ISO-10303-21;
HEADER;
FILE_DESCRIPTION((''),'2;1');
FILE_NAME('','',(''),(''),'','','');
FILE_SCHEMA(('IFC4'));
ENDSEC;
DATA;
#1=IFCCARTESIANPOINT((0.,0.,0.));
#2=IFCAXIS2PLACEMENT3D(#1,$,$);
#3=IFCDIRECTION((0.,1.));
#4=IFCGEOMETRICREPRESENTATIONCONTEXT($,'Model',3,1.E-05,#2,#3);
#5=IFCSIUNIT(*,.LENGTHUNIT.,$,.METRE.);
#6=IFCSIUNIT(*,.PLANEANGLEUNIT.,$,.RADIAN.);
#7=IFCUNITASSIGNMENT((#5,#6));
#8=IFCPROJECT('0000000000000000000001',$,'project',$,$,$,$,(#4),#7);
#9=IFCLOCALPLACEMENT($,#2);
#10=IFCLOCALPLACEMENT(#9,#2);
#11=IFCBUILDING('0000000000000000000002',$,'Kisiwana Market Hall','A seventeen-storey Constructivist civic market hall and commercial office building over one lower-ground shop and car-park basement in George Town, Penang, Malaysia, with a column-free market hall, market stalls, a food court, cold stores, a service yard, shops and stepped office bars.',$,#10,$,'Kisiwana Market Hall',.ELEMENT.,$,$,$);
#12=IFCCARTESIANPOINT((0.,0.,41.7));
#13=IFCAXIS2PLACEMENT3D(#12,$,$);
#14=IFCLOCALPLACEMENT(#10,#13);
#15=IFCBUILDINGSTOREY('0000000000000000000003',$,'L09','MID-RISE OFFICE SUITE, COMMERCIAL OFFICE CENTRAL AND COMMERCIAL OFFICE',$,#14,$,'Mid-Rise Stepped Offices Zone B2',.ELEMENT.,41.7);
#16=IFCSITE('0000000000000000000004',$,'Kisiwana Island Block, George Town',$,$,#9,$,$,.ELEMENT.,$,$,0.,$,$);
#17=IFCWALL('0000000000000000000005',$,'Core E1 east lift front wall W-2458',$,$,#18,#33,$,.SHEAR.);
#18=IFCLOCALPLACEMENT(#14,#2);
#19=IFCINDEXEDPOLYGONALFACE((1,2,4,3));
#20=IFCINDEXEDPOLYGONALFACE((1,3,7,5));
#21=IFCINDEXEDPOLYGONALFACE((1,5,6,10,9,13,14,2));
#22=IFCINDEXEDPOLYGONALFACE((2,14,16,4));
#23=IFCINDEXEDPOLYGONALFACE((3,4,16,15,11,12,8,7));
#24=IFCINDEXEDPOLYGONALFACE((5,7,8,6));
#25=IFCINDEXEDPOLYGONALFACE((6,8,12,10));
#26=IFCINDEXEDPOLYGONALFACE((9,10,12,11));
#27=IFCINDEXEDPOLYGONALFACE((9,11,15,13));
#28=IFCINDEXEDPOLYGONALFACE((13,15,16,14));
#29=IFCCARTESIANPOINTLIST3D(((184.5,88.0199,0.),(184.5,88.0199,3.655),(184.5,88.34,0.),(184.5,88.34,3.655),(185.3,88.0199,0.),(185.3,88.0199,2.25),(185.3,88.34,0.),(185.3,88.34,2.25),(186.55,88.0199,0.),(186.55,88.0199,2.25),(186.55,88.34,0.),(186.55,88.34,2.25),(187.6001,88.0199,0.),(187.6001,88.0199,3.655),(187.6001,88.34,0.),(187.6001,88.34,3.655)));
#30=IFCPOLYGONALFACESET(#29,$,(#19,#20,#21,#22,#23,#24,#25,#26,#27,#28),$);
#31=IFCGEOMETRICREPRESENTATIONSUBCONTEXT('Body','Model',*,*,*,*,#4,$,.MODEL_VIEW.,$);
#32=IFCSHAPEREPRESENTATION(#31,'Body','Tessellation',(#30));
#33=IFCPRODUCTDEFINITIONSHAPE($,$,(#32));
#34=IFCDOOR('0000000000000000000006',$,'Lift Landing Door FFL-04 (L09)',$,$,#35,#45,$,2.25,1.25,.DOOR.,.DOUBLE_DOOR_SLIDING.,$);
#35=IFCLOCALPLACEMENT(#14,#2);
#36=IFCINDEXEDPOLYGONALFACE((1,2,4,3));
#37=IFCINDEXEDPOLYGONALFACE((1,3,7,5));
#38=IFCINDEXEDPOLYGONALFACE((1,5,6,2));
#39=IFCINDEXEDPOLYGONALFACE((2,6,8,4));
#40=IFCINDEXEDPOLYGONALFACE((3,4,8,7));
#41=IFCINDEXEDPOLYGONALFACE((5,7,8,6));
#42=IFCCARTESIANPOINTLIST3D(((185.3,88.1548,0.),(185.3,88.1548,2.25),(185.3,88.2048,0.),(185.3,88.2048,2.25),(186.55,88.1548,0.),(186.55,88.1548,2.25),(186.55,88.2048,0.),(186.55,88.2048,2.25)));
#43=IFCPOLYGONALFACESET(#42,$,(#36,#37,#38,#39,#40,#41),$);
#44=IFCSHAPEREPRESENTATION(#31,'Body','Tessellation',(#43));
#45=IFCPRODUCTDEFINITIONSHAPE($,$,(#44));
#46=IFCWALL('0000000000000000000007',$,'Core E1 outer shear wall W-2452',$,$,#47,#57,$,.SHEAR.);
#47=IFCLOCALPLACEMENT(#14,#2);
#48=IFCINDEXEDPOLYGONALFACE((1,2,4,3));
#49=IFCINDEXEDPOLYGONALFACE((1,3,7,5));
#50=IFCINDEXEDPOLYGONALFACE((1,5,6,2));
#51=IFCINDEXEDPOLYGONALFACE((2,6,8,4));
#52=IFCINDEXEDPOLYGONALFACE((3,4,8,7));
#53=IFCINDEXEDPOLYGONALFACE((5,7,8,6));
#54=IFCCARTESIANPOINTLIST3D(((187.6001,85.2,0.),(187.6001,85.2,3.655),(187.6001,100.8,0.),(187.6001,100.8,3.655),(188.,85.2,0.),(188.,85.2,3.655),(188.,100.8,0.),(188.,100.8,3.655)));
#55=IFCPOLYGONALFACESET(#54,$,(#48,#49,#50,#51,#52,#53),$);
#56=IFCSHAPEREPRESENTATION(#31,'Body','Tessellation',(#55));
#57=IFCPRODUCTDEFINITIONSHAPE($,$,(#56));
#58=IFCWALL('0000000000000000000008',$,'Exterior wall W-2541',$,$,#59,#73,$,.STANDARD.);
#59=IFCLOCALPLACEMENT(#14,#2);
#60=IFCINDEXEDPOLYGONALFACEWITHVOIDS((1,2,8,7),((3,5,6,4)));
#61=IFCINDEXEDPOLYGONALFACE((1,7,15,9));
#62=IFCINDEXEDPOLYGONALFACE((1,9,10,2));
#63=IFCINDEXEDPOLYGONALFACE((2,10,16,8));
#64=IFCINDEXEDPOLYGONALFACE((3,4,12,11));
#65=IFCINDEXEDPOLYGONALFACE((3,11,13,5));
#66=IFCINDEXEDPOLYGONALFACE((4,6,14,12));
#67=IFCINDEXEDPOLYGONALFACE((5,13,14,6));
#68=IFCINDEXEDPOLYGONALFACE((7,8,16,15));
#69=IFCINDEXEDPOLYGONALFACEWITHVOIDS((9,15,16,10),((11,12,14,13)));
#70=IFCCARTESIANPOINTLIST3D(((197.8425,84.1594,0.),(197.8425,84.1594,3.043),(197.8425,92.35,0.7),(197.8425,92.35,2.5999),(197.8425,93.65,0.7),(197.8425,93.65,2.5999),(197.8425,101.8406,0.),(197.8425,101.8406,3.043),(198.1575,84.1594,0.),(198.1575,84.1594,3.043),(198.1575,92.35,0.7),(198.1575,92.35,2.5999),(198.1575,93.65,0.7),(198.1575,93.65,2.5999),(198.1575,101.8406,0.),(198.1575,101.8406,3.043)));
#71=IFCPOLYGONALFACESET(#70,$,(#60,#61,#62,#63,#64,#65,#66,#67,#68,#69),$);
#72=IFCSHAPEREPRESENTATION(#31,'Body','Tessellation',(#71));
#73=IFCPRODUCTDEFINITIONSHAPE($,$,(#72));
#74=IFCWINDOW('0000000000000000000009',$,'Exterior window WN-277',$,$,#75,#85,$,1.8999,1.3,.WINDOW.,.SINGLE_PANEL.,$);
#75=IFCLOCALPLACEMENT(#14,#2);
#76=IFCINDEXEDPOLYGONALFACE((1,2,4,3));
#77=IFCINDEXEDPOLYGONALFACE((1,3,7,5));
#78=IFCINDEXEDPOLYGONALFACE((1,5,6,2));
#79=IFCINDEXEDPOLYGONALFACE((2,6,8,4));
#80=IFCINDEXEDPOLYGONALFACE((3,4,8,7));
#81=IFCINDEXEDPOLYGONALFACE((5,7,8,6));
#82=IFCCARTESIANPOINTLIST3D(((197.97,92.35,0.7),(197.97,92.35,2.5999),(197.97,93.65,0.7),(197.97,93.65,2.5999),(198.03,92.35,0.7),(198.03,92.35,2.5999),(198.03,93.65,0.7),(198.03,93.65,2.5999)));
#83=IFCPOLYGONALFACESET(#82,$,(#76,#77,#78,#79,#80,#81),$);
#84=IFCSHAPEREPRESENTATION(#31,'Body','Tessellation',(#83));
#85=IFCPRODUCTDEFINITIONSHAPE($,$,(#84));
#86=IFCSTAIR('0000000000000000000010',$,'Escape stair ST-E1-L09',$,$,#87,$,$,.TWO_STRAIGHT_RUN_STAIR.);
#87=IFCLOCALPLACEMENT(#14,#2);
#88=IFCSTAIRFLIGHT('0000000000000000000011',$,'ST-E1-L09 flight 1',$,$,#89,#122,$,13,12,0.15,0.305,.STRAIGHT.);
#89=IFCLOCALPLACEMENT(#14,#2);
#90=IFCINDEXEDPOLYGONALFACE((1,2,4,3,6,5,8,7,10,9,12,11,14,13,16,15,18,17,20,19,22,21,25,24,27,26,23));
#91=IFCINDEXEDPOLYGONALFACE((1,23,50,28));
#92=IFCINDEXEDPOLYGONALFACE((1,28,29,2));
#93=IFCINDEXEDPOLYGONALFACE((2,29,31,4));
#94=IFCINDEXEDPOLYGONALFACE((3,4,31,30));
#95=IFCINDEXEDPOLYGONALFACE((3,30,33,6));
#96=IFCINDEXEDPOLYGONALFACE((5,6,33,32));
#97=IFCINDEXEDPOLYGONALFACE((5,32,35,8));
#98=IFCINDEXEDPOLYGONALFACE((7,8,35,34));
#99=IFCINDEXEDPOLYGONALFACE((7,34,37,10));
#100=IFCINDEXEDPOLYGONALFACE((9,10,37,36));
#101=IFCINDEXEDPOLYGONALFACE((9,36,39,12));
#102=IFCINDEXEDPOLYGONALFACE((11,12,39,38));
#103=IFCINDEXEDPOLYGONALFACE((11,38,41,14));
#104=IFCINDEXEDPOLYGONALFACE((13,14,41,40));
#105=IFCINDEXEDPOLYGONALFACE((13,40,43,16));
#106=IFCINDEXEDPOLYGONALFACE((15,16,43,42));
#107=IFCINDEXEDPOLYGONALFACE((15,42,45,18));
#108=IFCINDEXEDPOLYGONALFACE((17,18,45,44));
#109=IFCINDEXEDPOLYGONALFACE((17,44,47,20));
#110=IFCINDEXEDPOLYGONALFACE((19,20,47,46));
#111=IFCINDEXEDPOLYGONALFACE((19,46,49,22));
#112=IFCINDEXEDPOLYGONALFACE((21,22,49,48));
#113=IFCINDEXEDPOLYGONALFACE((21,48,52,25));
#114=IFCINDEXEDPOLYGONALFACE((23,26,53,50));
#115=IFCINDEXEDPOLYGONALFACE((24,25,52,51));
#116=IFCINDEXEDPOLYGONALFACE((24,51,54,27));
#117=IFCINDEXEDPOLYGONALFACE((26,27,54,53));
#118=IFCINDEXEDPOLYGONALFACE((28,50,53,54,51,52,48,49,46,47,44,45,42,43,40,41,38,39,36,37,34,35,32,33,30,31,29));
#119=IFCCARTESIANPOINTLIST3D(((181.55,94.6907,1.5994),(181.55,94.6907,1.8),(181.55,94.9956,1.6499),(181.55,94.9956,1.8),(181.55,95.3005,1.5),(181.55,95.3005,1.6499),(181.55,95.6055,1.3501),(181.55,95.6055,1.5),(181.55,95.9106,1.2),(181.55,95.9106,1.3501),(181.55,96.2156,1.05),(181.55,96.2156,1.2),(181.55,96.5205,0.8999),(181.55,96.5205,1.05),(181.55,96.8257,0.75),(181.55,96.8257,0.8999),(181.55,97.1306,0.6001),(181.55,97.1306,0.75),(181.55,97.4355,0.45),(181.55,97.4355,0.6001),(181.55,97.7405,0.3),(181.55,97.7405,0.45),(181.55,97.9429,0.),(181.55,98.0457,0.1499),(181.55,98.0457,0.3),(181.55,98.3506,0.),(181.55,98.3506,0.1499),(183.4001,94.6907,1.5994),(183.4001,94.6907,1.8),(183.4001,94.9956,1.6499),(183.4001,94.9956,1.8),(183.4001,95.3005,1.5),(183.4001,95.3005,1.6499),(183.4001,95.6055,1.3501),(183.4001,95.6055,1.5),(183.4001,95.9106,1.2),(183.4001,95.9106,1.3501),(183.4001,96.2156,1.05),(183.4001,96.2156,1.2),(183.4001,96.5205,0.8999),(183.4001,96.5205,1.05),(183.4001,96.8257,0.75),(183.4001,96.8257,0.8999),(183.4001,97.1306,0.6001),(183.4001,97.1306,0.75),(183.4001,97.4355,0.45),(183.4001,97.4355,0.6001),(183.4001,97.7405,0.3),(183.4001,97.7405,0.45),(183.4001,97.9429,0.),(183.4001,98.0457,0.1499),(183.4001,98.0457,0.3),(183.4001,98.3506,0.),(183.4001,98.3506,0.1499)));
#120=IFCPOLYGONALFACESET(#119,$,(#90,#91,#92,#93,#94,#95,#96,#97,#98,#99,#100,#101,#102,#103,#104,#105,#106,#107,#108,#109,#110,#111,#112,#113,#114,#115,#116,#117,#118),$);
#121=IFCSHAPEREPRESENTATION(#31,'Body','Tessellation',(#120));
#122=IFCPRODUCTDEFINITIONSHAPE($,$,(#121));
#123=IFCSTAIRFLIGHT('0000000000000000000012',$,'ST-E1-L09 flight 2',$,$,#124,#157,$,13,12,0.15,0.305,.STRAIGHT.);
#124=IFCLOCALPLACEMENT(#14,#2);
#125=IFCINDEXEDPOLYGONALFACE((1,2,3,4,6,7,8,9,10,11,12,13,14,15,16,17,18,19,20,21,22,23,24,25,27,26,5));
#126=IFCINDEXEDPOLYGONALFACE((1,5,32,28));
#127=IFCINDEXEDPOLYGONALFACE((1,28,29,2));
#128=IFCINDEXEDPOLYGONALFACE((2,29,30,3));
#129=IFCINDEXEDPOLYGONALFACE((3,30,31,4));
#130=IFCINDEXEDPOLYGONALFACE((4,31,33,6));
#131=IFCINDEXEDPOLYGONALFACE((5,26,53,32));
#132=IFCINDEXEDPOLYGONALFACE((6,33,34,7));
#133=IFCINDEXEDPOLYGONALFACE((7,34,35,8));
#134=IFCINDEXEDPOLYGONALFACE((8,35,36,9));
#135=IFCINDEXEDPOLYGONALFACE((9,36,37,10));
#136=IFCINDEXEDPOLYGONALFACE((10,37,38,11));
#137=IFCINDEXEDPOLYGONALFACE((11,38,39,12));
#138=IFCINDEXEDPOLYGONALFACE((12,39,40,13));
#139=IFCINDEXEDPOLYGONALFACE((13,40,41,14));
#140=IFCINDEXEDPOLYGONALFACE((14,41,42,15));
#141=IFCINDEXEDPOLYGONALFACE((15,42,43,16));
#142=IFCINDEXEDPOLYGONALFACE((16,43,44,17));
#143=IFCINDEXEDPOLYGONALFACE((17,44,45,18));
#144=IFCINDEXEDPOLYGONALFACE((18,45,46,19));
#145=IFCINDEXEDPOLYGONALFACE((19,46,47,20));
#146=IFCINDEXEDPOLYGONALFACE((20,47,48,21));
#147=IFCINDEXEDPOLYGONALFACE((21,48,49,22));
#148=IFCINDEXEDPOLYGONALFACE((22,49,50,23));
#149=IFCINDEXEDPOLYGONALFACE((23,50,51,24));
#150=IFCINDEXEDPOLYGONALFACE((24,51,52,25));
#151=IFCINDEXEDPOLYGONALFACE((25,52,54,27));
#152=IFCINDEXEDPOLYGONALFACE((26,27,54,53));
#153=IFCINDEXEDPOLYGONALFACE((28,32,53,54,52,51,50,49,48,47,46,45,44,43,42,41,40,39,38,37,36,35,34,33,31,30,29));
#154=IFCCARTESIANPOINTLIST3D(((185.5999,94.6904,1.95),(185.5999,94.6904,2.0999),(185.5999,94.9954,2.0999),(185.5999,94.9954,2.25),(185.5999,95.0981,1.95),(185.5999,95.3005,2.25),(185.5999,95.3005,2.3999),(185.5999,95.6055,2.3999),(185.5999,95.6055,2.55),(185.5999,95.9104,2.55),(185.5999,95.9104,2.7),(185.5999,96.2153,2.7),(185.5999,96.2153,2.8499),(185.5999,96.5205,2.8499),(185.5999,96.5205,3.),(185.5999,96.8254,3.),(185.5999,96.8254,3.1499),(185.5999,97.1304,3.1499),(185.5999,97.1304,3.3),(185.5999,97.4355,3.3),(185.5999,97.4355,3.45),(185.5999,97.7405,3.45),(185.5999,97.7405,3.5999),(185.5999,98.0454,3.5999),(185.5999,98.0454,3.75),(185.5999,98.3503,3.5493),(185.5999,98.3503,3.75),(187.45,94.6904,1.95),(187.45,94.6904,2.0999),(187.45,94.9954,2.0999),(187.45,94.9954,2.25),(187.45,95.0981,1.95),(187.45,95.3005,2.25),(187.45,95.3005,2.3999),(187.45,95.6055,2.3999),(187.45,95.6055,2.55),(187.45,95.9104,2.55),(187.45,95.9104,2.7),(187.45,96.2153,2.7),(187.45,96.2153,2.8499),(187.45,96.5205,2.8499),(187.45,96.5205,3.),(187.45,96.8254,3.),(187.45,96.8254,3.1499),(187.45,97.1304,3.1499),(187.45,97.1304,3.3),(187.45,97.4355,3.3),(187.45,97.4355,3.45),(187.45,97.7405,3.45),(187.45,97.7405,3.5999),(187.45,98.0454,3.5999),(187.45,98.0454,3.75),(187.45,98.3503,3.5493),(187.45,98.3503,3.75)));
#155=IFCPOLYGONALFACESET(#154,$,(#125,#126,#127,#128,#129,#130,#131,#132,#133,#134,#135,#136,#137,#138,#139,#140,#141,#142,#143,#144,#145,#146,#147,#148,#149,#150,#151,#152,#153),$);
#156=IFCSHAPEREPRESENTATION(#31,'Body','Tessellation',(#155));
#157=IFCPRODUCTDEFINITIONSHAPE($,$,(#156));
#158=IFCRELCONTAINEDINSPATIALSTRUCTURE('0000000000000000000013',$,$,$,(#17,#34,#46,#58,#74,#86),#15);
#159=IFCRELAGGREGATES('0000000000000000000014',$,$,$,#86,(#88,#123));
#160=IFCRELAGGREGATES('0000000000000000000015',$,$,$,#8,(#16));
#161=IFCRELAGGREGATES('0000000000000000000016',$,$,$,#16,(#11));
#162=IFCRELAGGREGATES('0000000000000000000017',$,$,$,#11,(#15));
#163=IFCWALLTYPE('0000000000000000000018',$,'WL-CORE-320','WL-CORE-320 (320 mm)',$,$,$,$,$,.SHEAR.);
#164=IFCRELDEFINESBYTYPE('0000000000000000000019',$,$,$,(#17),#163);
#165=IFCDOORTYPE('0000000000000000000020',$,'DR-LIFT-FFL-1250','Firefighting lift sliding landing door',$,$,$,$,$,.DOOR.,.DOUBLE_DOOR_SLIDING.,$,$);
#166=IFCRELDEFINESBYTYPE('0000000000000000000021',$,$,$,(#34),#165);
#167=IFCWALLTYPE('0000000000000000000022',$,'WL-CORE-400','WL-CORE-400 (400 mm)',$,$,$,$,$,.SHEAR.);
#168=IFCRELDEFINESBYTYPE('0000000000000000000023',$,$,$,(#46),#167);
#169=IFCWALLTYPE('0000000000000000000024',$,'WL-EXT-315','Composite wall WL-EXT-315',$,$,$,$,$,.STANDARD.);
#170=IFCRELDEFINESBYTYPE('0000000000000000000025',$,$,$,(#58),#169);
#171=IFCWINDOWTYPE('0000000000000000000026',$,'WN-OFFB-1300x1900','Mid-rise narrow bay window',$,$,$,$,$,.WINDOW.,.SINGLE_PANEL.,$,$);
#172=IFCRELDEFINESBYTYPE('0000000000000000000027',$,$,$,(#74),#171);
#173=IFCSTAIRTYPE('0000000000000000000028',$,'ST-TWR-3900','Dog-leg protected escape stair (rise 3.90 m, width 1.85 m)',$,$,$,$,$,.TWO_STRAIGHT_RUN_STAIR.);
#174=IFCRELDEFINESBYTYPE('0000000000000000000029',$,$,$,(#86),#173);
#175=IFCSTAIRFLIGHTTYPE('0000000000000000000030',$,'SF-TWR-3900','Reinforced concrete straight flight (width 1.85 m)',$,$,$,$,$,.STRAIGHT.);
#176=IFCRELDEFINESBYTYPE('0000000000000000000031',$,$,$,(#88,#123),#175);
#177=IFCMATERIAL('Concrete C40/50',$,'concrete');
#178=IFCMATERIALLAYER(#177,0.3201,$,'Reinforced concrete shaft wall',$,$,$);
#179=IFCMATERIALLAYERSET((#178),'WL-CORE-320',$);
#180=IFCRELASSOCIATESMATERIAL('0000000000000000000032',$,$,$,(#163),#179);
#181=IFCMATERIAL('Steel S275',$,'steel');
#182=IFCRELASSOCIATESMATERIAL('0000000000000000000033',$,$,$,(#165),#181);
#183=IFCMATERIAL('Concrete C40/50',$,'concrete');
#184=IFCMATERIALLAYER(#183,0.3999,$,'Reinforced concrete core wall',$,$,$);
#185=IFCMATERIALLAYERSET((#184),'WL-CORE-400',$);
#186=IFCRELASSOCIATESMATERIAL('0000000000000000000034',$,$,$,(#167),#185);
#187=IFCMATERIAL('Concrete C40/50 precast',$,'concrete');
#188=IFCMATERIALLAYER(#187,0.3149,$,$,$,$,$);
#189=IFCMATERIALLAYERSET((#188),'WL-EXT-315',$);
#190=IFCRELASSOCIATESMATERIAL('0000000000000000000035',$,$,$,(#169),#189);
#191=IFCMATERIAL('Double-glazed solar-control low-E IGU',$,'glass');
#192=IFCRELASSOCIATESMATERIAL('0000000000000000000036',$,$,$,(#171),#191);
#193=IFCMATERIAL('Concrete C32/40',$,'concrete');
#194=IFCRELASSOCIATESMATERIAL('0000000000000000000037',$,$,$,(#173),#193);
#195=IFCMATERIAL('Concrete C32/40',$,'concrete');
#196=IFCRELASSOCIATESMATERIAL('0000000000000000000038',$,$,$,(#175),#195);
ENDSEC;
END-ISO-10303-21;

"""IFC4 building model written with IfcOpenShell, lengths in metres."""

from ifc_helpers import new_model, si_unit, direction, frame, frame_2d, origin, place, context, subcontext, project, spatial, polyline, rectangle, outline, extrude, material, layer, layer_set, type_object, element, fill, aggregate, save


model = new_model("IFC4")

# Units and contexts
model_context = context("Model", 3, precision=1e-05, world=origin(), true_north=direction((0.0, 1.0)))
body_context = subcontext(model_context, "Body", "Model", "MODEL_VIEW")
ifc_project = project(units=[si_unit("LENGTHUNIT", "METRE"), si_unit("PLANEANGLEUNIT", "RADIAN")], contexts=[model_context])

# Site, building, storey
site_placement = place(None, origin())
site = spatial("IfcSite", under=ifc_project, at=site_placement, Name="Kisiwana Island Block, George Town", CompositionType="ELEMENT", RefElevation=0.0)
building_placement = place(site_placement, origin())
building = spatial("IfcBuilding", under=site, at=building_placement, Name="Kisiwana Market Hall", Description="A seventeen-storey Constructivist civic market hall and commercial office building over one lower-ground shop and car-park basement in George Town, Penang, Malaysia, with a column-free market hall, market stalls, a food court, cold stores, a service yard, shops and stepped office bars.", LongName="Kisiwana Market Hall", CompositionType="ELEMENT")
storey_placement = place(building_placement, frame((0.0, 0.0, 41.7)))
storey = spatial("IfcBuildingStorey", under=building, at=storey_placement, Name="L09", Description="MID-RISE OFFICE SUITE, COMMERCIAL OFFICE CENTRAL AND COMMERCIAL OFFICE", LongName="Mid-Rise Stepped Offices Zone B2", CompositionType="ELEMENT", Elevation=41.7)

# Shared definitions
ifc_material_1 = material(Name="Concrete C40/50", Category="concrete")
ifc_layer_1 = layer(ifc_material_1, 0.3201, Name="Reinforced concrete shaft wall")
ifc_layer_set_1 = layer_set([ifc_layer_1], Name="WL-CORE-320")
wall_type_1 = type_object("IfcWallType", Name="WL-CORE-320", Description="WL-CORE-320 (320 mm)", PredefinedType="SHEAR", material=ifc_layer_set_1)

# Wall, opening, door
wall_1_placement = place(storey_placement, frame((184.5, 88.1799, 0.0), z_axis=(0.0, 0.0, 1.0), x_axis=(1.0, 0.0, 0.0)))
wall_1 = element("IfcWall", 1, at=wall_1_placement, inside=storey, type_object=wall_type_1, Name="Core E1 east lift front wall W-2458", PredefinedType="SHEAR", context=body_context, shape_type="SweptSolid", body=[
    extrude(rectangle(XDim=3.1001, YDim=0.3201, at=frame_2d((1.55, 0.0))), origin(), (0.0, 0.0, 1.0), 3.655),
])
opening_1_placement = place(wall_1_placement, frame((0.8, 0.0, 0.0)))
opening_1 = element("IfcOpeningElement", 2, at=opening_1_placement, cuts=wall_1, PredefinedType="OPENING", context=body_context, shape_type="SweptSolid", body=[
    extrude(rectangle(XDim=1.25, YDim=2.25, at=frame_2d((0.625, 1.125))), frame((0.0, 0.1719, 0.0), z_axis=(0.0, -1.0, 0.0), x_axis=(1.0, 0.0, 0.0)), (0.0, 0.0, 1.0), 0.344),
])
ifc_material_2 = material(Name="Steel S275", Category="steel")
door_type_1 = type_object("IfcDoorType", Name="DR-LIFT-FFL-1250", Description="Firefighting lift sliding landing door", OperationType="DOUBLE_DOOR_SLIDING", PredefinedType="DOOR", material=ifc_material_2)
door_1_placement = place(opening_1_placement, origin())
door_1 = element("IfcDoor", 3, at=door_1_placement, inside=storey, type_object=door_type_1, Name="Lift Landing Door FFL-04 (L09)", OperationType="DOUBLE_DOOR_SLIDING", OverallHeight=2.25, OverallWidth=1.25, PredefinedType="DOOR", context=body_context, shape_type="SweptSolid", body=[
    extrude(rectangle(XDim=1.25, YDim=2.25, at=frame_2d((0.625, 1.125))), frame((0.0, 0.0249, 0.0), z_axis=(0.0, -1.0, 0.0), x_axis=(1.0, 0.0, 0.0)), (0.0, 0.0, 1.0), 0.05),
])
fill(opening_1, door_1)

# Wall
ifc_material_3 = material(Name="Concrete C40/50", Category="concrete")
ifc_layer_2 = layer(ifc_material_3, 0.3999, Name="Reinforced concrete core wall")
ifc_layer_set_2 = layer_set([ifc_layer_2], Name="WL-CORE-400")
wall_type_2 = type_object("IfcWallType", Name="WL-CORE-400", Description="WL-CORE-400 (400 mm)", PredefinedType="SHEAR", material=ifc_layer_set_2)
wall_2_placement = place(storey_placement, frame((187.8, 85.2, 0.0), z_axis=(0.0, 0.0, 1.0), x_axis=(0.0, 1.0, 0.0)))
element("IfcWall", 4, at=wall_2_placement, inside=storey, type_object=wall_type_2, Name="Core E1 outer shear wall W-2452", PredefinedType="SHEAR", context=body_context, shape_type="SweptSolid", body=[
    extrude(rectangle(XDim=15.6001, YDim=0.3999, at=frame_2d((7.8, 0.0))), origin(), (0.0, 0.0, 1.0), 3.655),
])

# Wall, opening, window
ifc_material_4 = material(Name="Concrete C40/50 precast", Category="concrete")
ifc_layer_3 = layer(ifc_material_4, 0.3149)
ifc_layer_set_3 = layer_set([ifc_layer_3], Name="WL-EXT-315")
wall_type_3 = type_object("IfcWallType", Name="WL-EXT-315", Description="Composite wall WL-EXT-315", PredefinedType="STANDARD", material=ifc_layer_set_3)
wall_3_placement = place(storey_placement, frame((198.0, 84.1594, 0.0), z_axis=(0.0, 0.0, 1.0), x_axis=(0.0, 1.0, 0.0)))
wall_3 = element("IfcWall", 5, at=wall_3_placement, inside=storey, type_object=wall_type_3, Name="Exterior wall W-2541", PredefinedType="STANDARD", context=body_context, shape_type="SweptSolid", body=[
    extrude(rectangle(XDim=17.6812, YDim=0.3149, at=frame_2d((8.8406, 0.0))), origin(), (0.0, 0.0, 1.0), 3.043),
])
opening_2_placement = place(wall_3_placement, frame((8.1907, 0.0, 0.7)))
opening_2 = element("IfcOpeningElement", 6, at=opening_2_placement, cuts=wall_3, PredefinedType="OPENING", context=body_context, shape_type="SweptSolid", body=[
    extrude(rectangle(XDim=1.3, YDim=1.8999, at=frame_2d((0.6499, 0.95))), frame((0.0, 0.1694, 0.0), z_axis=(0.0, -1.0, 0.0), x_axis=(1.0, 0.0, 0.0)), (0.0, 0.0, 1.0), 0.3389),
])
ifc_material_5 = material(Name="Double-glazed solar-control low-E IGU", Category="glass")
window_type = type_object("IfcWindowType", Name="WN-OFFB-1300x1900", Description="Mid-rise narrow bay window", PartitioningType="SINGLE_PANEL", PredefinedType="WINDOW", material=ifc_material_5)
window_placement = place(opening_2_placement, origin())
window = element("IfcWindow", 7, at=window_placement, inside=storey, type_object=window_type, Name="Exterior window WN-277", OverallHeight=1.8999, OverallWidth=1.3, PartitioningType="SINGLE_PANEL", PredefinedType="WINDOW", context=body_context, shape_type="SweptSolid", body=[
    extrude(rectangle(XDim=1.3, YDim=1.8999, at=frame_2d((0.6499, 0.95))), frame((0.0, 0.03, 0.0), z_axis=(0.0, -1.0, 0.0), x_axis=(1.0, 0.0, 0.0)), (0.0, 0.0, 1.0), 0.0601),
])
fill(opening_2, window)

# Stair, stair flights
ifc_material_6 = material(Name="Concrete C32/40", Category="concrete")
stair_type = type_object("IfcStairType", Name="ST-TWR-3900", Description="Dog-leg protected escape stair (rise 3.90 m, width 1.85 m)", PredefinedType="TWO_STRAIGHT_RUN_STAIR", material=ifc_material_6)
stair_placement = place(storey_placement, origin())
stair = element("IfcStair", 8, at=stair_placement, inside=storey, type_object=stair_type, Name="Escape stair ST-E1-L09", PredefinedType="TWO_STRAIGHT_RUN_STAIR")
ifc_material_7 = material(Name="Concrete C32/40", Category="concrete")
stair_flight_type = type_object("IfcStairFlightType", Name="SF-TWR-3900", Description="Reinforced concrete straight flight (width 1.85 m)", PredefinedType="STRAIGHT", material=ifc_material_7)
stair_flight_1_placement = place(storey_placement, frame((182.4751, 98.3506, 0.0), z_axis=(0.0, 0.0, 1.0), x_axis=(0.0, -1.0, 0.0)))
stair_flight_1 = element("IfcStairFlight", 9, at=stair_flight_1_placement, type_object=stair_flight_type, Name="ST-E1-L09 flight 1", NumberOfRisers=13, NumberOfTreads=12, PredefinedType="STRAIGHT", RiserHeight=0.15, TreadLength=0.305, context=body_context, shape_type="SweptSolid", body=[
    extrude(outline(polyline([(0.0, 0.0), (0.0, 0.1499), (0.3049, 0.1499), (0.3049, 0.3), (0.6101, 0.3), (0.6101, 0.45), (0.915, 0.45), (0.915, 0.6001), (1.22, 0.6001), (1.22, 0.75), (1.5249, 0.75), (1.5249, 0.8999), (1.8301, 0.8999), (1.8301, 1.05), (2.135, 1.05), (2.135, 1.2), (2.4399, 1.2), (2.4399, 1.3501), (2.7451, 1.3501), (2.7451, 1.5), (3.05, 1.5), (3.05, 1.6499), (3.355, 1.6499), (3.355, 1.8), (3.6599, 1.8), (3.6599, 1.95), (3.6599, 1.5994), (0.4077, 0.0), (0.0, 0.0)])), frame((0.0, 0.925, 0.0), z_axis=(0.0, -1.0, 0.0), x_axis=(1.0, 0.0, 0.0)), (0.0, 0.0, 1.0), 1.8501),
])
stair_flight_2_placement = place(storey_placement, frame((186.5249, 94.6904, 1.95), z_axis=(0.0, 0.0, 1.0), x_axis=(0.0, 1.0, 0.0)))
stair_flight_2 = element("IfcStairFlight", 10, at=stair_flight_2_placement, type_object=stair_flight_type, Name="ST-E1-L09 flight 2", NumberOfRisers=13, NumberOfTreads=12, PredefinedType="STRAIGHT", RiserHeight=0.15, TreadLength=0.305, context=body_context, shape_type="SweptSolid", body=[
    extrude(outline(polyline([(0.0, 0.0), (0.0, 0.1499), (0.3049, 0.1499), (0.3049, 0.3), (0.6101, 0.3), (0.6101, 0.45), (0.915, 0.45), (0.915, 0.6001), (1.22, 0.6001), (1.22, 0.75), (1.5249, 0.75), (1.5249, 0.8999), (1.8301, 0.8999), (1.8301, 1.05), (2.135, 1.05), (2.135, 1.2), (2.4399, 1.2), (2.4399, 1.3501), (2.7451, 1.3501), (2.7451, 1.5), (3.05, 1.5), (3.05, 1.6499), (3.355, 1.6499), (3.355, 1.8), (3.6599, 1.8), (3.6599, 1.95), (3.6599, 1.5994), (0.4077, 0.0), (0.0, 0.0)])), frame((0.0, 0.925, 0.0), z_axis=(0.0, -1.0, 0.0), x_axis=(1.0, 0.0, 0.0)), (0.0, 0.0, 1.0), 1.8501),
])
aggregate(stair, [stair_flight_1, stair_flight_2])

save(model, "model.ifc")
